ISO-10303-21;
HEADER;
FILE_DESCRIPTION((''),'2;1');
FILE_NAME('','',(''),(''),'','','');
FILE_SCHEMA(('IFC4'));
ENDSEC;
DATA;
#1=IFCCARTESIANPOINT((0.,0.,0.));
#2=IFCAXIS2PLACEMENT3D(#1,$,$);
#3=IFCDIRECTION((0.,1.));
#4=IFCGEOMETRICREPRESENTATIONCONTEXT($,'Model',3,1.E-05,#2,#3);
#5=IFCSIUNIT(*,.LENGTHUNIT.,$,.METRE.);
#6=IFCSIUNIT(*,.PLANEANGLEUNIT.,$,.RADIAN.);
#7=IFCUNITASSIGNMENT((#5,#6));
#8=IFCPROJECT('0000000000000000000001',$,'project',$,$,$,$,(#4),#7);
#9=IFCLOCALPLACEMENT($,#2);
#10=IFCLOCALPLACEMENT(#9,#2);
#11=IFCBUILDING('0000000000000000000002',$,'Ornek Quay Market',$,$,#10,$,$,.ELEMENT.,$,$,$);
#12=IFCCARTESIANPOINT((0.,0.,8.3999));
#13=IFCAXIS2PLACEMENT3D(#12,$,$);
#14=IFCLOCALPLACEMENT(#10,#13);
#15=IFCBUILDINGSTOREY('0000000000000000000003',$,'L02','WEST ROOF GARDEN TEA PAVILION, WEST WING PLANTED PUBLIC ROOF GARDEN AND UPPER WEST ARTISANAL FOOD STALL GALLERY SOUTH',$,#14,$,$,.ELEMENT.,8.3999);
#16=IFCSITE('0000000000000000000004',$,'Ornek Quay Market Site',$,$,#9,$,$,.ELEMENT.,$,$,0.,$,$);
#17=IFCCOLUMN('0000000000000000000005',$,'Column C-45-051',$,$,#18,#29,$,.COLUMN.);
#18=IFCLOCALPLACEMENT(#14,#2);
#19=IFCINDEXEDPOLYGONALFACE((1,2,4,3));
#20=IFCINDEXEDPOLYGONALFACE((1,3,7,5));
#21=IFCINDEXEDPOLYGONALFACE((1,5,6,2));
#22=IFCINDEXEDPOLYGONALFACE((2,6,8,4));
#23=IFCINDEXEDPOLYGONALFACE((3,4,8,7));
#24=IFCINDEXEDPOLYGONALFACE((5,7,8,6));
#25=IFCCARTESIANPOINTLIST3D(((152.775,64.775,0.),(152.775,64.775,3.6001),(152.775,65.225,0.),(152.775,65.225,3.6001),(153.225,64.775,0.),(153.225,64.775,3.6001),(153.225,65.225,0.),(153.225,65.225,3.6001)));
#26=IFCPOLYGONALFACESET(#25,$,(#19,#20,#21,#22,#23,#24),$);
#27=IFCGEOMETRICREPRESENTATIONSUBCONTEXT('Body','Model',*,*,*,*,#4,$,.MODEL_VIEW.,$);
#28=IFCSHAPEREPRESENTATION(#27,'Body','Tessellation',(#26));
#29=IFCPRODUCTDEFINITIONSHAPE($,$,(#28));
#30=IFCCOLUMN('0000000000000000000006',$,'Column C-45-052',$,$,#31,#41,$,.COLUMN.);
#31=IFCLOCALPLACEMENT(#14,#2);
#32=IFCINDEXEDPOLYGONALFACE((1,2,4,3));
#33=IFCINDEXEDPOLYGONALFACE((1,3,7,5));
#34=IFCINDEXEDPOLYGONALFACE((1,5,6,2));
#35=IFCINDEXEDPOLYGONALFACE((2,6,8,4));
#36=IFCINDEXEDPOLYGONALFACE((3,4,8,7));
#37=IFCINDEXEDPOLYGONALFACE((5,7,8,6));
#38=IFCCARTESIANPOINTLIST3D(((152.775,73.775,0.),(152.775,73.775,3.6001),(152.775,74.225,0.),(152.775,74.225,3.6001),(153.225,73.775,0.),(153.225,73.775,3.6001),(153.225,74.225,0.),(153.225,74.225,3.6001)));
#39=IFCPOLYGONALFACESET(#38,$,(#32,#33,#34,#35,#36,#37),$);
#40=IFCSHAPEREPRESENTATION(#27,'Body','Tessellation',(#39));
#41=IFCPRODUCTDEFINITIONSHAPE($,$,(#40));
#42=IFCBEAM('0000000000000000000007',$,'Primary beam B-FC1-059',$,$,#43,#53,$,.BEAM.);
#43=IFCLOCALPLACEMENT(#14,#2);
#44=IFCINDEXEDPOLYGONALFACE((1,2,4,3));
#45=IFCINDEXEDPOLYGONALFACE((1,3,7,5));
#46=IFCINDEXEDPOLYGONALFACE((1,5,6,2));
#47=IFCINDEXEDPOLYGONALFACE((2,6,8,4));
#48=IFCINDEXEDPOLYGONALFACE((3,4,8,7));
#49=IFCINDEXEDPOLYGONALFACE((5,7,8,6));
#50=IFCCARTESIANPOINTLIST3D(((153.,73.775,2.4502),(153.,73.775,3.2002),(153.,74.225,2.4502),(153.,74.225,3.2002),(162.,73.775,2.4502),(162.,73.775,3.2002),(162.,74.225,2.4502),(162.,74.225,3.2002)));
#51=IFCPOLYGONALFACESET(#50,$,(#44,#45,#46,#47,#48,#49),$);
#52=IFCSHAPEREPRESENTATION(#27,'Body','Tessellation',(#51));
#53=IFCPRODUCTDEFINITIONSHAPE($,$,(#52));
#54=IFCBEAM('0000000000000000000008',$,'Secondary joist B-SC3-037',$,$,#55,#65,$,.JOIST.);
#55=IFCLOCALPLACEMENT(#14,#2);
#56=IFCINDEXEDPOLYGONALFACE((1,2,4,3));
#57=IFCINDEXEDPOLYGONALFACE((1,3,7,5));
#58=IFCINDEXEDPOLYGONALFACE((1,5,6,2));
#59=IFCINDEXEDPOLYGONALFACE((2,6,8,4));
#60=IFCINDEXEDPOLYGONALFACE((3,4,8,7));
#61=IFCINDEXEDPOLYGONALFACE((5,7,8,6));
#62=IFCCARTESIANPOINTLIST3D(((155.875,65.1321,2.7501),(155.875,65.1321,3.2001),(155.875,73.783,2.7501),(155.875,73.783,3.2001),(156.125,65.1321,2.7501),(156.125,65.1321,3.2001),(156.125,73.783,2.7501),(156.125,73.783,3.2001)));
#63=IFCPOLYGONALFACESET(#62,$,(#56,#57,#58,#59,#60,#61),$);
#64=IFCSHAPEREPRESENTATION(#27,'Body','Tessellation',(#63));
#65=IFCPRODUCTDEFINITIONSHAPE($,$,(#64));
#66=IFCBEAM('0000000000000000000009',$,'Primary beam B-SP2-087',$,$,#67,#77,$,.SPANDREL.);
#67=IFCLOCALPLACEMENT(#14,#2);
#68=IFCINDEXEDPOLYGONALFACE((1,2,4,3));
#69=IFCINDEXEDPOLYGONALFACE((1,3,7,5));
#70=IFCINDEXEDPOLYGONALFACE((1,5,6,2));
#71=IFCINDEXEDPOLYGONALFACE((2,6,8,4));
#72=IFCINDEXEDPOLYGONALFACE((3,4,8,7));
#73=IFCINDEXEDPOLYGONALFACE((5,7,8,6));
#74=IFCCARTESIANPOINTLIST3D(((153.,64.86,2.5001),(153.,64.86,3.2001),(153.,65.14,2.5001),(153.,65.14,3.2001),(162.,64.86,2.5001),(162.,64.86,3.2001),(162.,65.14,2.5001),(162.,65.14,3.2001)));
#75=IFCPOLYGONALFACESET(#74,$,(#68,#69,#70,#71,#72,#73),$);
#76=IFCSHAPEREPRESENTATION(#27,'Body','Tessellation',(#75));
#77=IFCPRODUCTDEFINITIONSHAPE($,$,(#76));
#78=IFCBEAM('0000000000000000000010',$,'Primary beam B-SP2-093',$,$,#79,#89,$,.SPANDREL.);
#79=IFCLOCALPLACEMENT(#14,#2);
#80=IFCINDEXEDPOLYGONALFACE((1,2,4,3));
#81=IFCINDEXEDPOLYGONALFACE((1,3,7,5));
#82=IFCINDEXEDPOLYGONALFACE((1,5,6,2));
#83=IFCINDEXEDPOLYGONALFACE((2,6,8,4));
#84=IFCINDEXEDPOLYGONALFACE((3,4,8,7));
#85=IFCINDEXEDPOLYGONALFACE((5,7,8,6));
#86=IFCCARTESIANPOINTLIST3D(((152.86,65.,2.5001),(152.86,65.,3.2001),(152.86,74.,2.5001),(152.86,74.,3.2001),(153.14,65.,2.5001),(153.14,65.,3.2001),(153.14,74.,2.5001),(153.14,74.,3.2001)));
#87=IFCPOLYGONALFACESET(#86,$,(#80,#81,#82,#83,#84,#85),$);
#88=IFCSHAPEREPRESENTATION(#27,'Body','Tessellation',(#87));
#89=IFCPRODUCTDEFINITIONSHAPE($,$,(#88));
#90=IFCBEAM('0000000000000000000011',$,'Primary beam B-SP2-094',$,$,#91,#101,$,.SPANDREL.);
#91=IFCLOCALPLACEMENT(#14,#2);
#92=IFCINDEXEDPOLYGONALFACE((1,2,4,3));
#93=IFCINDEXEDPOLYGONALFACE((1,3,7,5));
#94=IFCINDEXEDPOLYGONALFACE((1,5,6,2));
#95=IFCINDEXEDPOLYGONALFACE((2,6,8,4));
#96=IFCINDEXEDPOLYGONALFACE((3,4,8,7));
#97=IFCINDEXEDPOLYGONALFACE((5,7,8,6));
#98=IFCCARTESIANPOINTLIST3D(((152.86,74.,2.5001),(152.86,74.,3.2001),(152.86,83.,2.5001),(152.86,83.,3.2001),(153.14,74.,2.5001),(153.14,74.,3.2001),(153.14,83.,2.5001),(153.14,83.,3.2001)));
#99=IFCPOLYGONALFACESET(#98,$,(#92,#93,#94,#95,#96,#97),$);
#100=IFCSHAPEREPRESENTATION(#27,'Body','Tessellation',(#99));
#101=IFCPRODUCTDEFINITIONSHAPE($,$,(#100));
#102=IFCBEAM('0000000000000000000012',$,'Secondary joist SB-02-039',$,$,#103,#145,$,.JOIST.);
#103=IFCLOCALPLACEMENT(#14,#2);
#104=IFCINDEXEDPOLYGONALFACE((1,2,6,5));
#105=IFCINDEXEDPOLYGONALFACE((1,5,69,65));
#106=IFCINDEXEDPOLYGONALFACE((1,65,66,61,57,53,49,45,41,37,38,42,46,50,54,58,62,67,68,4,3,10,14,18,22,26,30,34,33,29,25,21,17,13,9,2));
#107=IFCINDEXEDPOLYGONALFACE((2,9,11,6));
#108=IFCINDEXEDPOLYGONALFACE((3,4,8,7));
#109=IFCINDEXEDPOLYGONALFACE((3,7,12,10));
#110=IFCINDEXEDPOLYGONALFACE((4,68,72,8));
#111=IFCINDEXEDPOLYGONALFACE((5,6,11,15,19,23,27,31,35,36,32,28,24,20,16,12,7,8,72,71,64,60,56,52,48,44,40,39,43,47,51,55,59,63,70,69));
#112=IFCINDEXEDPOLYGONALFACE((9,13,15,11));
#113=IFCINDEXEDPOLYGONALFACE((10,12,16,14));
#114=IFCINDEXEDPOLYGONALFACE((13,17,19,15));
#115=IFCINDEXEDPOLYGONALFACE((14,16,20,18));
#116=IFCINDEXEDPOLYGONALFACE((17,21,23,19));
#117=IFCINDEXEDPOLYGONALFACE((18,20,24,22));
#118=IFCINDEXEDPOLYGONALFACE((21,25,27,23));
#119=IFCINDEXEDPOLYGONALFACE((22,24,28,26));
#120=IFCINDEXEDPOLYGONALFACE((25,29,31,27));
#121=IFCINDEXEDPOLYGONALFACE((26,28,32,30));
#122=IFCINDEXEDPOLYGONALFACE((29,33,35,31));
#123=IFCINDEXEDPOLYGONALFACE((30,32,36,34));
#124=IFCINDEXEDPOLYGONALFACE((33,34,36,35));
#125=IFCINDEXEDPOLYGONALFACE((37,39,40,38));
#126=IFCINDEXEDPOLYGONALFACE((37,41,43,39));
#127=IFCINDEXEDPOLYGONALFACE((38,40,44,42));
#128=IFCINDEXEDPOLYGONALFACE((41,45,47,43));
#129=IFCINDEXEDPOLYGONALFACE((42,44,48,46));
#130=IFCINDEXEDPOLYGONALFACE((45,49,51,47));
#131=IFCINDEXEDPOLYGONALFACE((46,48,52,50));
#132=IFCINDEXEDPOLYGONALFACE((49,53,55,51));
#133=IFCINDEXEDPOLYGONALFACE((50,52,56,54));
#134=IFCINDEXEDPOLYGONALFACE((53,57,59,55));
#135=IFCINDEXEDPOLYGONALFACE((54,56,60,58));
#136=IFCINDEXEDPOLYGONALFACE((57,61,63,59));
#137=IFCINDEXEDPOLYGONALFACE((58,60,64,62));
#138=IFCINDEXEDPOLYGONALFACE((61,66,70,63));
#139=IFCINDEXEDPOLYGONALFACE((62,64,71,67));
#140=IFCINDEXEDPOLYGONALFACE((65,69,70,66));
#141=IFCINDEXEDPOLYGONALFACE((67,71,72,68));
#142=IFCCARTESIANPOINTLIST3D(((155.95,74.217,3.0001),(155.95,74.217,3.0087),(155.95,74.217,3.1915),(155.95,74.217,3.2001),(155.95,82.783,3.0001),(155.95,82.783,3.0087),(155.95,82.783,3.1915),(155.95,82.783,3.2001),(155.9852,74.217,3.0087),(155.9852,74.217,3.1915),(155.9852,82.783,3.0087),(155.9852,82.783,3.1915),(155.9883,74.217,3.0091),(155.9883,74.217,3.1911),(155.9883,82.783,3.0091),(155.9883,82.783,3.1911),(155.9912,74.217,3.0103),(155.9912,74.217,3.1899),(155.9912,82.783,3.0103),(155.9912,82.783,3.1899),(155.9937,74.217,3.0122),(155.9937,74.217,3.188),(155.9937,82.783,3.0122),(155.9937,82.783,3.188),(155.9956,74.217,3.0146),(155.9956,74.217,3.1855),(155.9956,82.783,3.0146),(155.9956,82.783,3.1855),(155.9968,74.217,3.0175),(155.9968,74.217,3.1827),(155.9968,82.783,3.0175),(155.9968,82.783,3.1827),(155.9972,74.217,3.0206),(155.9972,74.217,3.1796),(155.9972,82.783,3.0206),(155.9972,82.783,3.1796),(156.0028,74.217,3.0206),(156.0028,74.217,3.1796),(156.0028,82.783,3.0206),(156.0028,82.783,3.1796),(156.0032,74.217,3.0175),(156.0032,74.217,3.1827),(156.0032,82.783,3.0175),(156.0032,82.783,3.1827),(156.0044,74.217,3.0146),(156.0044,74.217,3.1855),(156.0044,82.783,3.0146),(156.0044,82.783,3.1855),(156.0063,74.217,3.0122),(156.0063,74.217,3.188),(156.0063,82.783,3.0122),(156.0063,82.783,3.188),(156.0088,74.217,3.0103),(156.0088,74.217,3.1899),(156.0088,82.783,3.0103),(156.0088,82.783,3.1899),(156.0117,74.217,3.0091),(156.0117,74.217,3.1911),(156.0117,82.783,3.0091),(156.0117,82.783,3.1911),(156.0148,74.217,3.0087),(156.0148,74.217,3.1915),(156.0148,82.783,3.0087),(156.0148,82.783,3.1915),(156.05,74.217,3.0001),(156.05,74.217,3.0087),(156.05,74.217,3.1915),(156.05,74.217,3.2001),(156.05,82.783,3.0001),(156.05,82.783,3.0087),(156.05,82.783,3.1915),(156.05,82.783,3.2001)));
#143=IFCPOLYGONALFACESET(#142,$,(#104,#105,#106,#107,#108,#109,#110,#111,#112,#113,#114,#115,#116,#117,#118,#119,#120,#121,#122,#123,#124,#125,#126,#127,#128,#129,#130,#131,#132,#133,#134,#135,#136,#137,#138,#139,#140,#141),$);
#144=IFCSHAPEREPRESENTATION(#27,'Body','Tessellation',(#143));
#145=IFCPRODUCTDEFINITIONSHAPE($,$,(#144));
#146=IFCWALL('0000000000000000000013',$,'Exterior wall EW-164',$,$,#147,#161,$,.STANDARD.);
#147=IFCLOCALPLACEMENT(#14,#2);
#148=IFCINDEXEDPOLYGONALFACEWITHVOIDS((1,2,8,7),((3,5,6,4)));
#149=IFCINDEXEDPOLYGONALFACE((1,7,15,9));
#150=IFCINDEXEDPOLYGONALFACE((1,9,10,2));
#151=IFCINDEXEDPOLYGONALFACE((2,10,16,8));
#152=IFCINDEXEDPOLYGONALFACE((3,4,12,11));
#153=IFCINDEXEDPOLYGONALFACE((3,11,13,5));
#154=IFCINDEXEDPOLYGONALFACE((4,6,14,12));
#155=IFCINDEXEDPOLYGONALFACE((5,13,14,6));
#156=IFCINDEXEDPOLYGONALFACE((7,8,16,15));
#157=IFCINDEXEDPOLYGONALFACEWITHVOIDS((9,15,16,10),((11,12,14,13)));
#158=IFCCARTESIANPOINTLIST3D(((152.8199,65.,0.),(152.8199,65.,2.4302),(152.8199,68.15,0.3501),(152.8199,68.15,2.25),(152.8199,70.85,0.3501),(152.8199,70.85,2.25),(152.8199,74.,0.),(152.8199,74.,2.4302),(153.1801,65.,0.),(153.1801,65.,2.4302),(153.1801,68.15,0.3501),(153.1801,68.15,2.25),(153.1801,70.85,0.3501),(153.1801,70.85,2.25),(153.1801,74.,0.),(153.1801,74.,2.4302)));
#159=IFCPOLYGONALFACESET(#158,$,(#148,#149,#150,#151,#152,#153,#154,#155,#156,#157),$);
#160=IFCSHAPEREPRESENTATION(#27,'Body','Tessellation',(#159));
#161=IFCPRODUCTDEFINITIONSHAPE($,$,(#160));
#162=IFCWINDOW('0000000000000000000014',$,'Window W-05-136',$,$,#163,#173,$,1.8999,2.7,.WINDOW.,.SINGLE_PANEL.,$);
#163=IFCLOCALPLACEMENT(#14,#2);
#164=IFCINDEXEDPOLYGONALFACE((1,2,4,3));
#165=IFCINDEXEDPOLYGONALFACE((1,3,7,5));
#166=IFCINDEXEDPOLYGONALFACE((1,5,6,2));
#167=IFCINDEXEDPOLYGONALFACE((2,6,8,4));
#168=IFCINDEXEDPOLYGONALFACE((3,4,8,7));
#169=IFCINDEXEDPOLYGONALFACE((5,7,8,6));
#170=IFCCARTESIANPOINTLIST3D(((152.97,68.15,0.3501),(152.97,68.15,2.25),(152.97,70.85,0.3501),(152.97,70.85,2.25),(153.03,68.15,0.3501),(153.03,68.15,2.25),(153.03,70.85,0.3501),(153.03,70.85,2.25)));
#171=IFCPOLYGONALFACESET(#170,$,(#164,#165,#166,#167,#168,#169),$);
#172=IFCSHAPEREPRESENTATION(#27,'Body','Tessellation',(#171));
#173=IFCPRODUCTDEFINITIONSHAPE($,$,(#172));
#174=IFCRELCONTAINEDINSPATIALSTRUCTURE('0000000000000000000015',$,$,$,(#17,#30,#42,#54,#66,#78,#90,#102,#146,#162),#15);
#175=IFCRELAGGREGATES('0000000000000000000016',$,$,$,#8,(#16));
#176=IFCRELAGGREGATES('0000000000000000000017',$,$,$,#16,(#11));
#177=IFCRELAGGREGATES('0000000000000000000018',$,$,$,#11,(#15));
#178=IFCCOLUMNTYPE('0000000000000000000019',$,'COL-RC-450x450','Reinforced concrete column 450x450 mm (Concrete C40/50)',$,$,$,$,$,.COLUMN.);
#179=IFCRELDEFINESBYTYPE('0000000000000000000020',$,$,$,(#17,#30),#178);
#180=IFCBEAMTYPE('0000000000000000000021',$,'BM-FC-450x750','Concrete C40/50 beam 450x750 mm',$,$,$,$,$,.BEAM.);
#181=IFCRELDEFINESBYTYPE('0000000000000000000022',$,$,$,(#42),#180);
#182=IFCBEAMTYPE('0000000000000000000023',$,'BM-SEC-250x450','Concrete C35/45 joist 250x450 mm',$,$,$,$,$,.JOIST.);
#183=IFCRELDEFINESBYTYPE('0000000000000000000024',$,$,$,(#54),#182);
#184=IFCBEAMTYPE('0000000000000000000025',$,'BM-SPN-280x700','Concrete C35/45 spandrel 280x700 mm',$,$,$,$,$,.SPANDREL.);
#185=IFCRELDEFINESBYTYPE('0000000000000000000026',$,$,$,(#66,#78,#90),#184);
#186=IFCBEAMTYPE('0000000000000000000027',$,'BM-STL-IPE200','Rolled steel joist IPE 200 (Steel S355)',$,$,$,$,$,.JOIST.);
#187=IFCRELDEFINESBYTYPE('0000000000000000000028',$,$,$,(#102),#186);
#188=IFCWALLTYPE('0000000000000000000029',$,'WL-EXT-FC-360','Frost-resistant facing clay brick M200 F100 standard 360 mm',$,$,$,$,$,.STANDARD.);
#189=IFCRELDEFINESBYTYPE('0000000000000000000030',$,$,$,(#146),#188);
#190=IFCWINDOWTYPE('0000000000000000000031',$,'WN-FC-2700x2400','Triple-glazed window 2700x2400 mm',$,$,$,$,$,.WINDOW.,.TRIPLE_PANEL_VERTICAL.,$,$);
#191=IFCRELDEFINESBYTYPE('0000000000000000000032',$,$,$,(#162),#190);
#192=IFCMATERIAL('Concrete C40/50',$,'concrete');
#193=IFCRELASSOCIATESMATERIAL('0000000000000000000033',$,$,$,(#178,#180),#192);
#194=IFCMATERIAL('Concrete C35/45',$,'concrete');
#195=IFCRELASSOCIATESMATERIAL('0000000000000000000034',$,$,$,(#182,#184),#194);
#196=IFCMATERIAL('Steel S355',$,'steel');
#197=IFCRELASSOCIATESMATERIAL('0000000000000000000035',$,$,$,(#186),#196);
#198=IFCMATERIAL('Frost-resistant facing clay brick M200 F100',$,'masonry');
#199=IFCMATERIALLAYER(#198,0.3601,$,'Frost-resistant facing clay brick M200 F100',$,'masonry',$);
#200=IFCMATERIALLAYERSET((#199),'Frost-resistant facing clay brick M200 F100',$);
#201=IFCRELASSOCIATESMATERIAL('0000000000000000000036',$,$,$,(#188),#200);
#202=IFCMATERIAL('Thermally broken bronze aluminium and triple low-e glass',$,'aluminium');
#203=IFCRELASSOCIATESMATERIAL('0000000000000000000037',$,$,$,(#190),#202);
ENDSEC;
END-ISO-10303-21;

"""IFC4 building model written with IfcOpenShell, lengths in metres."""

from ifc_helpers import new_model, si_unit, direction, frame, frame_2d, origin, origin_2d, place, context, subcontext, project, spatial, rectangle, i_section, extrude, material, layer, layer_set, material_profile, profile_set, type_object, element, fill, save


model = new_model("IFC4")

# Units and contexts
model_context = context("Model", 3, precision=1e-05, world=origin(), true_north=direction((0.0, 1.0)))
body_context = subcontext(model_context, "Body", "Model", "MODEL_VIEW")
ifc_project = project(units=[si_unit("LENGTHUNIT", "METRE"), si_unit("PLANEANGLEUNIT", "RADIAN")], contexts=[model_context])

# Site, building, storey
site_placement = place(None, origin())
site = spatial("IfcSite", under=ifc_project, at=site_placement, Name="Ornek Quay Market Site", CompositionType="ELEMENT", RefElevation=0.0)
building_placement = place(site_placement, origin())
building = spatial("IfcBuilding", under=site, at=building_placement, Name="Ornek Quay Market", CompositionType="ELEMENT")
storey_placement = place(building_placement, frame((0.0, 0.0, 8.3999)))
storey = spatial("IfcBuildingStorey", under=building, at=storey_placement, Name="L02", Description="WEST ROOF GARDEN TEA PAVILION, WEST WING PLANTED PUBLIC ROOF GARDEN AND UPPER WEST ARTISANAL FOOD STALL GALLERY SOUTH", CompositionType="ELEMENT", Elevation=8.3999)

# Columns
ifc_material_1 = material(Name="Concrete C40/50", Category="concrete")
ifc_material_profile_1 = material_profile(ifc_material_1, rectangle(XDim=0.45, YDim=0.45, at=origin_2d()), Name="RC 450x450", Category="concrete")
ifc_profile_set_1 = profile_set([ifc_material_profile_1], Name="Concrete C40/50")
column_type = type_object("IfcColumnType", Name="COL-RC-450x450", Description="Reinforced concrete column 450x450 mm (Concrete C40/50)", PredefinedType="COLUMN", material=ifc_profile_set_1)
for number, where, z_axis, x_axis, name in (
    (1, (153.0, 65.0, 0.0), (0.0, 0.0, 1.0), (1.0, 0.0, 0.0), "Column C-45-051"),
    (2, (153.0, 74.0, 0.0), (0.0, 0.0, 1.0), (1.0, 0.0, 0.0), "Column C-45-052"),
):
    element("IfcColumn", number, at=place(storey_placement, frame(where, z_axis=z_axis, x_axis=x_axis)), inside=storey, type_object=column_type, Name=name, PredefinedType="COLUMN", context=body_context, shape_type="SweptSolid", body=[
        extrude(rectangle(XDim=0.45, YDim=0.45, at=origin_2d()), origin(), (0.0, 0.0, 1.0), 3.6001),
    ])

# Beams
ifc_material_profile_2 = material_profile(ifc_material_1, rectangle(XDim=0.45, YDim=0.75, at=origin_2d()), Name="RC 450x750", Category="concrete")
ifc_profile_set_2 = profile_set([ifc_material_profile_2], Name="Concrete C40/50")
beam_type_1 = type_object("IfcBeamType", Name="BM-FC-450x750", Description="Concrete C40/50 beam 450x750 mm", PredefinedType="BEAM", material=ifc_profile_set_2)
beam_1_placement = place(storey_placement, frame((153.0, 74.0, 2.8252), z_axis=(1.0, 0.0, 0.0), x_axis=(0.0, 1.0, 0.0)))
element("IfcBeam", 3, at=beam_1_placement, inside=storey, type_object=beam_type_1, Name="Primary beam B-FC1-059", PredefinedType="BEAM", context=body_context, shape_type="SweptSolid", body=[
    extrude(rectangle(XDim=0.45, YDim=0.75, at=origin_2d()), origin(), (0.0, 0.0, 1.0), 9.0),
])
ifc_material_2 = material(Name="Concrete C35/45", Category="concrete")
ifc_material_profile_3 = material_profile(ifc_material_2, rectangle(XDim=0.25, YDim=0.45, at=origin_2d()), Name="RC 250x450", Category="concrete")
ifc_profile_set_3 = profile_set([ifc_material_profile_3], Name="Concrete C35/45")
beam_type_2 = type_object("IfcBeamType", Name="BM-SEC-250x450", Description="Concrete C35/45 joist 250x450 mm", PredefinedType="JOIST", material=ifc_profile_set_3)
beam_2_placement = place(storey_placement, frame((156.0, 65.1321, 2.9751), z_axis=(0.0, 1.0, 0.0), x_axis=(-1.0, 0.0, 0.0)))
element("IfcBeam", 4, at=beam_2_placement, inside=storey, type_object=beam_type_2, Name="Secondary joist B-SC3-037", PredefinedType="JOIST", context=body_context, shape_type="SweptSolid", body=[
    extrude(rectangle(XDim=0.25, YDim=0.45, at=origin_2d()), origin(), (0.0, 0.0, 1.0), 8.6509),
])
ifc_material_profile_4 = material_profile(ifc_material_2, rectangle(XDim=0.28, YDim=0.7, at=origin_2d()), Name="RC 280x700", Category="concrete")
ifc_profile_set_4 = profile_set([ifc_material_profile_4], Name="Concrete C35/45")
beam_type_3 = type_object("IfcBeamType", Name="BM-SPN-280x700", Description="Concrete C35/45 spandrel 280x700 mm", PredefinedType="SPANDREL", material=ifc_profile_set_4)
for number, where, z_axis, x_axis, name in (
    (5, (153.0, 65.0, 2.8501), (1.0, 0.0, 0.0), (0.0, 1.0, 0.0), "Primary beam B-SP2-087"),
    (6, (153.0, 65.0, 2.8501), (0.0, 1.0, 0.0), (-1.0, 0.0, 0.0), "Primary beam B-SP2-093"),
    (7, (153.0, 74.0, 2.8501), (0.0, 1.0, 0.0), (-1.0, 0.0, 0.0), "Primary beam B-SP2-094"),
):
    element("IfcBeam", number, at=place(storey_placement, frame(where, z_axis=z_axis, x_axis=x_axis)), inside=storey, type_object=beam_type_3, Name=name, PredefinedType="SPANDREL", context=body_context, shape_type="SweptSolid", body=[
        extrude(rectangle(XDim=0.28, YDim=0.7, at=origin_2d()), origin(), (0.0, 0.0, 1.0), 9.0),
    ])
ifc_material_3 = material(Name="Steel S355", Category="steel")
ifc_material_profile_5 = material_profile(ifc_material_3, i_section(OverallWidth=0.1001, OverallDepth=0.2, WebThickness=0.0056, FlangeThickness=0.0085, FilletRadius=0.012, at=origin_2d()), Name="IPE 200", Category="steel")
ifc_profile_set_5 = profile_set([ifc_material_profile_5], Name="Steel S355")
beam_type_4 = type_object("IfcBeamType", Name="BM-STL-IPE200", Description="Rolled steel joist IPE 200 (Steel S355)", PredefinedType="JOIST", material=ifc_profile_set_5)
beam_3_placement = place(storey_placement, frame((156.0, 74.217, 3.1001), z_axis=(0.0, 1.0, 0.0), x_axis=(-1.0, 0.0, 0.0)))
element("IfcBeam", 8, at=beam_3_placement, inside=storey, type_object=beam_type_4, Name="Secondary joist SB-02-039", PredefinedType="JOIST", context=body_context, shape_type="SweptSolid", body=[
    extrude(i_section(OverallWidth=0.1001, OverallDepth=0.2, WebThickness=0.0056, FlangeThickness=0.0085, FilletRadius=0.012, at=origin_2d()), origin(), (0.0, 0.0, 1.0), 8.5659),
])

# Wall, opening, window
ifc_material_4 = material(Name="Frost-resistant facing clay brick M200 F100", Category="masonry")
ifc_layer_1 = layer(ifc_material_4, 0.3601, Name="Frost-resistant facing clay brick M200 F100", Category="masonry")
ifc_layer_set_1 = layer_set([ifc_layer_1], Name="Frost-resistant facing clay brick M200 F100")
wall_type_1 = type_object("IfcWallType", Name="WL-EXT-FC-360", Description="Frost-resistant facing clay brick M200 F100 standard 360 mm", PredefinedType="STANDARD", material=ifc_layer_set_1)
wall_1_placement = place(storey_placement, frame((153.0, 65.0, 0.0), z_axis=(0.0, 0.0, 1.0), x_axis=(0.0, 1.0, 0.0)))
wall_1 = element("IfcWall", 9, at=wall_1_placement, inside=storey, type_object=wall_type_1, Name="Exterior wall EW-164", PredefinedType="STANDARD", context=body_context, shape_type="SweptSolid", body=[
    extrude(rectangle(XDim=9.0, YDim=0.3601, at=frame_2d((4.5, 0.0))), origin(), (0.0, 0.0, 1.0), 2.4302),
])
opening_1_placement = place(wall_1_placement, frame((3.1499, 0.0, 0.3501)))
opening_1 = element("IfcOpeningElement", 10, at=opening_1_placement, cuts=wall_1, PredefinedType="OPENING", context=body_context, shape_type="SweptSolid", body=[
    extrude(rectangle(XDim=2.7, YDim=1.8999, at=frame_2d((1.3501, 0.95))), frame((0.0, 0.1899, 0.0), z_axis=(0.0, -1.0, 0.0), x_axis=(1.0, 0.0, 0.0)), (0.0, 0.0, 1.0), 0.3801),
])
ifc_material_5 = material(Name="Thermally broken bronze aluminium and triple low-e glass", Category="aluminium")
window_type_1 = type_object("IfcWindowType", Name="WN-FC-2700x2400", Description="Triple-glazed window 2700x2400 mm", PartitioningType="TRIPLE_PANEL_VERTICAL", PredefinedType="WINDOW", material=ifc_material_5)
window_1_placement = place(opening_1_placement, origin())
window_1 = element("IfcWindow", 11, at=window_1_placement, inside=storey, type_object=window_type_1, Name="Window W-05-136", OverallHeight=1.8999, OverallWidth=2.7, PartitioningType="SINGLE_PANEL", PredefinedType="WINDOW", context=body_context, shape_type="SweptSolid", body=[
    extrude(rectangle(XDim=2.7, YDim=1.8999, at=frame_2d((1.3501, 0.95))), frame((0.0, 0.03, 0.0), z_axis=(0.0, -1.0, 0.0), x_axis=(1.0, 0.0, 0.0)), (0.0, 0.0, 1.0), 0.0601),
])
fill(opening_1, window_1)

save(model, "model.ifc")
